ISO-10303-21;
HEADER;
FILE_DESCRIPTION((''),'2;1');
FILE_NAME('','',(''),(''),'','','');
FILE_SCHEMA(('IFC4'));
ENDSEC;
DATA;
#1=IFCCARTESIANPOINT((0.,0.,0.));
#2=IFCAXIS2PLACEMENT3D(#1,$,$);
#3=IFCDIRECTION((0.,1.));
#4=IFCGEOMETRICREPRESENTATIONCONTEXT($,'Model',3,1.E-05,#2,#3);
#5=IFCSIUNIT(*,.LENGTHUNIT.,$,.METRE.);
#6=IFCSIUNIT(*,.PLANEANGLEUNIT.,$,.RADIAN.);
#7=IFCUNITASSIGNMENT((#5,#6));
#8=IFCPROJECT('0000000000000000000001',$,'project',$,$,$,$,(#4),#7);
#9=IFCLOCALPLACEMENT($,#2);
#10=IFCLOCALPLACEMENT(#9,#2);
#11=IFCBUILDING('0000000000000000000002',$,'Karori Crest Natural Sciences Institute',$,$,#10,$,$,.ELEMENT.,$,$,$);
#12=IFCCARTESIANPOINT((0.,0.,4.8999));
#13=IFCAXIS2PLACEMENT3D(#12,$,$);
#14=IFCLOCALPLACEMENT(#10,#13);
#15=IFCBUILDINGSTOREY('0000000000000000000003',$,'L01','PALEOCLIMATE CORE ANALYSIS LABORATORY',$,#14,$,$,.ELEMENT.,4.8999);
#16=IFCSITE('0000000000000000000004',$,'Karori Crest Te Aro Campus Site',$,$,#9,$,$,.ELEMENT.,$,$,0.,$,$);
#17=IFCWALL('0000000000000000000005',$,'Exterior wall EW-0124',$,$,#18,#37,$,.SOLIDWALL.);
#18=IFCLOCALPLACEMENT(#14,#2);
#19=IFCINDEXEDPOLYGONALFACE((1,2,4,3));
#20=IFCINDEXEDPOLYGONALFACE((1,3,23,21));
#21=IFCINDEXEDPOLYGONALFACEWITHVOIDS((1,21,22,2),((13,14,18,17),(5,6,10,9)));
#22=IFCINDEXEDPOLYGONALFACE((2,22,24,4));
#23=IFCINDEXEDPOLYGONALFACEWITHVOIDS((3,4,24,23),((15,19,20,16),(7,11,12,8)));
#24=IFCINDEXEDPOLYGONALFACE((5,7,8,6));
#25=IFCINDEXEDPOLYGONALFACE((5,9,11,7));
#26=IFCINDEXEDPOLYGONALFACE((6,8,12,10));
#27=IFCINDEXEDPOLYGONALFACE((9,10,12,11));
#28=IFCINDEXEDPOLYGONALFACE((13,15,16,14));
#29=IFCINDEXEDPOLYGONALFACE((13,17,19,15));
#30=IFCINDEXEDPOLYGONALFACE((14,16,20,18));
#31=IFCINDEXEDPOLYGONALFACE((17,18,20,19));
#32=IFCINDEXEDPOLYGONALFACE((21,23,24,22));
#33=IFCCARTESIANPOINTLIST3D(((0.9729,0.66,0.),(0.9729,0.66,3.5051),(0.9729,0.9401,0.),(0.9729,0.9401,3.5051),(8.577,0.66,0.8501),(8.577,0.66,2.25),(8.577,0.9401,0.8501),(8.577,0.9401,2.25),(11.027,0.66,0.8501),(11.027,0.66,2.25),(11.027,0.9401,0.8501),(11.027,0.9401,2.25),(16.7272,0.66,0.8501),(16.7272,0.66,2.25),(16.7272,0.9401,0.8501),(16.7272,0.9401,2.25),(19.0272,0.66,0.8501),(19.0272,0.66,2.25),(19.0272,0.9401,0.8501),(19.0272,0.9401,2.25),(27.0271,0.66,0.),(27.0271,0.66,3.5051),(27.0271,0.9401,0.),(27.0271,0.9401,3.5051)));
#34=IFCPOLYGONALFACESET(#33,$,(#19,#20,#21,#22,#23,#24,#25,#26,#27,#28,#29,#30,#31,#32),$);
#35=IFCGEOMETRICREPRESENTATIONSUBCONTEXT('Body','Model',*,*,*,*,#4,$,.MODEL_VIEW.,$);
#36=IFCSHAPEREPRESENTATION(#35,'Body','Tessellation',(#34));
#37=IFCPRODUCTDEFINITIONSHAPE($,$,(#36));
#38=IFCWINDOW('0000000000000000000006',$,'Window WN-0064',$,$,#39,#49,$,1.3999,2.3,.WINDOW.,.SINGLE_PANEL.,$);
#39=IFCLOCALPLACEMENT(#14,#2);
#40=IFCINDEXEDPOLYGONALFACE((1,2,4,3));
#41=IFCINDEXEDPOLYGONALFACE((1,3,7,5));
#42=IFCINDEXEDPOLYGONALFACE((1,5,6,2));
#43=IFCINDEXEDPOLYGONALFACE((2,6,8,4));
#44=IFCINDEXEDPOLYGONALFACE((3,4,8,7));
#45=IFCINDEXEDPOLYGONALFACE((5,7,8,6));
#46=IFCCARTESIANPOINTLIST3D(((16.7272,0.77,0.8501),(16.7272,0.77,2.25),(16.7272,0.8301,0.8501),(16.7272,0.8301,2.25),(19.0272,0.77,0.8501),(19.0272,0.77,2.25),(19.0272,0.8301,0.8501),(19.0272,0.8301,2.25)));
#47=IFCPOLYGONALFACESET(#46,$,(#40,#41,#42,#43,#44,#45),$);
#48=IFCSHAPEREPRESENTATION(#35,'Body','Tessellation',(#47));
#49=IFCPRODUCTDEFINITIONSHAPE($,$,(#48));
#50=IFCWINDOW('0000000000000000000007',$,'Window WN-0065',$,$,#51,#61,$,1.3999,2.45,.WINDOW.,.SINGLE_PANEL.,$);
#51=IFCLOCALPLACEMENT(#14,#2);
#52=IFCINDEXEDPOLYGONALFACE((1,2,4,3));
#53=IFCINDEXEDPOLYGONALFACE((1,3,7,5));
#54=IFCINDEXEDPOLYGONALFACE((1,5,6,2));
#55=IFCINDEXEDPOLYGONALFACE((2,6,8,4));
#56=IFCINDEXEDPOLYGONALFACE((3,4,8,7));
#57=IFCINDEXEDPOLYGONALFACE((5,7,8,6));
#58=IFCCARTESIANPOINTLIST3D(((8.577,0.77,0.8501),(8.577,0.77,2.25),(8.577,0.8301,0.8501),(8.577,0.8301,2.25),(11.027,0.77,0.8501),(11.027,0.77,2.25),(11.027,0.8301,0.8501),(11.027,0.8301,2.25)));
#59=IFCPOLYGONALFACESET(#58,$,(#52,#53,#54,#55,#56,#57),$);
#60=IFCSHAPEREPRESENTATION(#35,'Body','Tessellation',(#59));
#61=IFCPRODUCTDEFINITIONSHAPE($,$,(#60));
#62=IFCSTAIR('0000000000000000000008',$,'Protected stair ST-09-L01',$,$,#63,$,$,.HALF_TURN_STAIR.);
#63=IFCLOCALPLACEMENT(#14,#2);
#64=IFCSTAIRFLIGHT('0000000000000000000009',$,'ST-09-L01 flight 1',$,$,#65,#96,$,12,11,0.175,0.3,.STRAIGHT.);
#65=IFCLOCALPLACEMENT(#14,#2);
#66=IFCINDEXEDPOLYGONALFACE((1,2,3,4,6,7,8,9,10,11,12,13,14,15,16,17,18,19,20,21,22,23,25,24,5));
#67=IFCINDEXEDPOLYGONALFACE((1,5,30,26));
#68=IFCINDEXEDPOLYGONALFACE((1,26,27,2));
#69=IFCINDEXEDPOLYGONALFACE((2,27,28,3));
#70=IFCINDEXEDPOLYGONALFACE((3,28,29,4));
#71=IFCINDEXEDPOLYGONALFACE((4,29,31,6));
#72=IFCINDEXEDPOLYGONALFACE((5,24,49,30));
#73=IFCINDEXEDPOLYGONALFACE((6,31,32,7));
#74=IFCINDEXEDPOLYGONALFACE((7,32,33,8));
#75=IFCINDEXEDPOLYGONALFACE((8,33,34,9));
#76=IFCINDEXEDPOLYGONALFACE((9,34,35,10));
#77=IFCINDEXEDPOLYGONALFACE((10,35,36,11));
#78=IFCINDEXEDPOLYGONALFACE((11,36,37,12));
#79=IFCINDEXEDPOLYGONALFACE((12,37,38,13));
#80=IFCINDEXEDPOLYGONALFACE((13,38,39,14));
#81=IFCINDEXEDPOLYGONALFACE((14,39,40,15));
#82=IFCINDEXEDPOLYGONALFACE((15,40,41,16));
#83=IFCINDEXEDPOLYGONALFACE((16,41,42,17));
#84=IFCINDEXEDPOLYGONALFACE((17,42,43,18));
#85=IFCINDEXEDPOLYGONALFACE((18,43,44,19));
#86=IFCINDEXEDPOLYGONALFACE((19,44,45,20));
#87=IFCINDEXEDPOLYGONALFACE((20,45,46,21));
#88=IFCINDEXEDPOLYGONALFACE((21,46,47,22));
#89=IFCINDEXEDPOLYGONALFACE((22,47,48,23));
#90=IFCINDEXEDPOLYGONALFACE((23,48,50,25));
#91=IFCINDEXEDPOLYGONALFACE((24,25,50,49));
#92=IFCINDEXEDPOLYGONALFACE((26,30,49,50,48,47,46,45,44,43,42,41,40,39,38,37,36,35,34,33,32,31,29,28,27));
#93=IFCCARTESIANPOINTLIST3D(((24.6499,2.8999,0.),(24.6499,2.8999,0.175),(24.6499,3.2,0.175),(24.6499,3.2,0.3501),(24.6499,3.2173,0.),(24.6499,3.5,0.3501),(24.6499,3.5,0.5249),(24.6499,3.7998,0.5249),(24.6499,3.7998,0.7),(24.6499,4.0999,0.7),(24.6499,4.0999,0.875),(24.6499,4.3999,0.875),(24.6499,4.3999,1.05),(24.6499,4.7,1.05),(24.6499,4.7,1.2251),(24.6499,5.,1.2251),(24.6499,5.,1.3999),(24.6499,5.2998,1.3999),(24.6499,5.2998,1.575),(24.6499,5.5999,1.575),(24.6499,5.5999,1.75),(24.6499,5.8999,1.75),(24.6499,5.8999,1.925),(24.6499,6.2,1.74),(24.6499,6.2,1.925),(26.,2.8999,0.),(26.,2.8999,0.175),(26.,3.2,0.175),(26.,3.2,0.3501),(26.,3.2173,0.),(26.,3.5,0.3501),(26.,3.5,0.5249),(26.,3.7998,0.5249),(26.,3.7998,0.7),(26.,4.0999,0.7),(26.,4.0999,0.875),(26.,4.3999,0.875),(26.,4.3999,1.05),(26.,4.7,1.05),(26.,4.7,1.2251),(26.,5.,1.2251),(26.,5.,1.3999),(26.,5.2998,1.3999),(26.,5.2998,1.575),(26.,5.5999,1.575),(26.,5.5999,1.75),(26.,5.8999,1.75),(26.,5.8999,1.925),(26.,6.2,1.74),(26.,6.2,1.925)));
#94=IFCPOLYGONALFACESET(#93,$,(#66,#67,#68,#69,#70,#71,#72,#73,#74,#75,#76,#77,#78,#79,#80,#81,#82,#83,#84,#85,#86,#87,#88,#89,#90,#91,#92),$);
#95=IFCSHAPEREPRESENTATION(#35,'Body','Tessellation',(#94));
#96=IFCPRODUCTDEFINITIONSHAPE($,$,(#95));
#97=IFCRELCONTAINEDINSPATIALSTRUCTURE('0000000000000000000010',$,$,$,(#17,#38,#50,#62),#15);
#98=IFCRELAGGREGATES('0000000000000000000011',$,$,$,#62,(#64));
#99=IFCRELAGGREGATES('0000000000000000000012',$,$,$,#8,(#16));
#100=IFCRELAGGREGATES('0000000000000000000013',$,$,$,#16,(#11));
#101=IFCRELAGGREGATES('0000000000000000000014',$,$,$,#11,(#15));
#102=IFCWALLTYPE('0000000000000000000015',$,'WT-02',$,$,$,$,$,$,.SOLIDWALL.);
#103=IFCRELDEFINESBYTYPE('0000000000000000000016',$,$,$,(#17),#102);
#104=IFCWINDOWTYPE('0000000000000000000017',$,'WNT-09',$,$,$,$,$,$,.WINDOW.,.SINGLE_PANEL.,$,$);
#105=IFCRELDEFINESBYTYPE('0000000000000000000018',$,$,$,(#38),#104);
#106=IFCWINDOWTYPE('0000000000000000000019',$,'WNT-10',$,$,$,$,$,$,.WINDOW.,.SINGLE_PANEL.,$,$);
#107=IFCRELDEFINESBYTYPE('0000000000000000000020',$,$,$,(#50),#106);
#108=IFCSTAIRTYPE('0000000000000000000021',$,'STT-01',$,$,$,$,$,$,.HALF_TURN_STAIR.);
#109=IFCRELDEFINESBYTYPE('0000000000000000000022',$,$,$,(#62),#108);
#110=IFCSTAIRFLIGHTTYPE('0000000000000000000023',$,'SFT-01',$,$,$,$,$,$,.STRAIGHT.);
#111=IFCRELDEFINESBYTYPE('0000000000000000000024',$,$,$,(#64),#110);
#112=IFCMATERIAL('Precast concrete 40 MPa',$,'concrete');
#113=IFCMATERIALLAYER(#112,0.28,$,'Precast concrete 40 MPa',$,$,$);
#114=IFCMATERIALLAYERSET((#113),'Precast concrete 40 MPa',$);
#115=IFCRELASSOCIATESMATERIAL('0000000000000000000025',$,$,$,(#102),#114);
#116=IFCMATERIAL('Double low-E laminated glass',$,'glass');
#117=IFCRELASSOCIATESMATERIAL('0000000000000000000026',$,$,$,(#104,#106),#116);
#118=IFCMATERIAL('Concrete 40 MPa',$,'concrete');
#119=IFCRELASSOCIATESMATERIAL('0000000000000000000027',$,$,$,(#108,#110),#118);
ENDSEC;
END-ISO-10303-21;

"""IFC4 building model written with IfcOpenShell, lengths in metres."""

from ifc_helpers import new_model, si_unit, direction, frame, frame_2d, origin, place, context, subcontext, project, spatial, polyline, rectangle, outline, extrude, material, layer, layer_set, type_object, element, fill, aggregate, save


model = new_model("IFC4")

# Units and contexts
model_context = context("Model", 3, precision=1e-05, world=origin(), true_north=direction((0.0, 1.0)))
body_context = subcontext(model_context, "Body", "Model", "MODEL_VIEW")
ifc_project = project(units=[si_unit("LENGTHUNIT", "METRE"), si_unit("PLANEANGLEUNIT", "RADIAN")], contexts=[model_context])

# Site, building, storey
site_placement = place(None, origin())
site = spatial("IfcSite", under=ifc_project, at=site_placement, Name="Karori Crest Te Aro Campus Site", CompositionType="ELEMENT", RefElevation=0.0)
building_placement = place(site_placement, origin())
building = spatial("IfcBuilding", under=site, at=building_placement, Name="Karori Crest Natural Sciences Institute", CompositionType="ELEMENT")
storey_placement = place(building_placement, frame((0.0, 0.0, 4.8999)))
storey = spatial("IfcBuildingStorey", under=building, at=storey_placement, Name="L01", Description="PALEOCLIMATE CORE ANALYSIS LABORATORY", CompositionType="ELEMENT", Elevation=4.8999)

# Shared definitions
ifc_material_1 = material(Name="Double low-E laminated glass", Category="glass")

# Wall, openings, windows
ifc_material_2 = material(Name="Precast concrete 40 MPa", Category="concrete")
ifc_layer_1 = layer(ifc_material_2, 0.28, Name="Precast concrete 40 MPa")
ifc_layer_set_1 = layer_set([ifc_layer_1], Name="Precast concrete 40 MPa")
wall_type_1 = type_object("IfcWallType", Name="WT-02", PredefinedType="SOLIDWALL", material=ifc_layer_set_1)
wall_placement = place(storey_placement, frame((27.0271, 0.8, 0.0), z_axis=(0.0, 0.0, 1.0), x_axis=(-1.0, 0.0, 0.0)))
wall = element("IfcWall", 1, at=wall_placement, inside=storey, type_object=wall_type_1, Name="Exterior wall EW-0124", PredefinedType="SOLIDWALL", context=body_context, shape_type="SweptSolid", body=[
    extrude(rectangle(XDim=26.0542, YDim=0.28, at=frame_2d((13.0271, 0.0))), origin(), (0.0, 0.0, 1.0), 3.5051),
])
opening_1_placement = place(wall_placement, frame((8.0, 0.0, 0.8501)))
opening_1 = element("IfcOpeningElement", 2, at=opening_1_placement, cuts=wall, PredefinedType="OPENING", context=body_context, shape_type="SweptSolid", body=[
    extrude(rectangle(XDim=2.3, YDim=1.3999, at=frame_2d((1.1499, 0.7))), frame((0.0, 0.1499, 0.0), z_axis=(0.0, -1.0, 0.0), x_axis=(1.0, 0.0, 0.0)), (0.0, 0.0, 1.0), 0.3),
])
opening_2_placement = place(wall_placement, frame((16.0, 0.0, 0.8501)))
opening_2 = element("IfcOpeningElement", 3, at=opening_2_placement, cuts=wall, PredefinedType="OPENING", context=body_context, shape_type="SweptSolid", body=[
    extrude(rectangle(XDim=2.45, YDim=1.3999, at=frame_2d((1.2251, 0.7))), frame((0.0, 0.1499, 0.0), z_axis=(0.0, -1.0, 0.0), x_axis=(1.0, 0.0, 0.0)), (0.0, 0.0, 1.0), 0.3),
])
window_type_1 = type_object("IfcWindowType", Name="WNT-09", PartitioningType="SINGLE_PANEL", PredefinedType="WINDOW", material=ifc_material_1)
window_1_placement = place(opening_1_placement, origin())
window_1 = element("IfcWindow", 4, at=window_1_placement, inside=storey, type_object=window_type_1, Name="Window WN-0064", OverallHeight=1.3999, OverallWidth=2.3, PartitioningType="SINGLE_PANEL", PredefinedType="WINDOW", context=body_context, shape_type="SweptSolid", body=[
    extrude(rectangle(XDim=2.3, YDim=1.3999, at=frame_2d((1.1499, 0.7))), frame((0.0, 0.03, 0.0), z_axis=(0.0, -1.0, 0.0), x_axis=(1.0, 0.0, 0.0)), (0.0, 0.0, 1.0), 0.0601),
])
fill(opening_1, window_1)
window_type_2 = type_object("IfcWindowType", Name="WNT-10", PartitioningType="SINGLE_PANEL", PredefinedType="WINDOW", material=ifc_material_1)
window_2_placement = place(opening_2_placement, origin())
window_2 = element("IfcWindow", 5, at=window_2_placement, inside=storey, type_object=window_type_2, Name="Window WN-0065", OverallHeight=1.3999, OverallWidth=2.45, PartitioningType="SINGLE_PANEL", PredefinedType="WINDOW", context=body_context, shape_type="SweptSolid", body=[
    extrude(rectangle(XDim=2.45, YDim=1.3999, at=frame_2d((1.2251, 0.7))), frame((0.0, 0.03, 0.0), z_axis=(0.0, -1.0, 0.0), x_axis=(1.0, 0.0, 0.0)), (0.0, 0.0, 1.0), 0.0601),
])
fill(opening_2, window_2)

# Stair, stair flight
ifc_material_3 = material(Name="Concrete 40 MPa", Category="concrete")
stair_type = type_object("IfcStairType", Name="STT-01", PredefinedType="HALF_TURN_STAIR", material=ifc_material_3)
stair_placement = place(storey_placement, origin())
stair = element("IfcStair", 6, at=stair_placement, inside=storey, type_object=stair_type, Name="Protected stair ST-09-L01", PredefinedType="HALF_TURN_STAIR")
stair_flight_type = type_object("IfcStairFlightType", Name="SFT-01", PredefinedType="STRAIGHT", material=ifc_material_3)
stair_flight_placement = place(storey_placement, frame((25.325, 2.8999, 0.0), z_axis=(0.0, 0.0, 1.0), x_axis=(0.0, 1.0, 0.0)))
stair_flight = element("IfcStairFlight", 7, at=stair_flight_placement, type_object=stair_flight_type, Name="ST-09-L01 flight 1", NumberOfRisers=12, NumberOfTreads=11, PredefinedType="STRAIGHT", RiserHeight=0.175, TreadLength=0.3, context=body_context, shape_type="SweptSolid", body=[
    extrude(outline(polyline([(0.0, 0.0), (0.0, 0.175), (0.3, 0.175), (0.3, 0.3501), (0.6001, 0.3501), (0.6001, 0.5249), (0.8999, 0.5249), (0.8999, 0.7), (1.2, 0.7), (1.2, 0.875), (1.5, 0.875), (1.5, 1.05), (1.8, 1.05), (1.8, 1.2251), (2.1001, 1.2251), (2.1001, 1.3999), (2.3999, 1.3999), (2.3999, 1.575), (2.7, 1.575), (2.7, 1.75), (3.0, 1.75), (3.0, 1.925), (3.3, 1.925), (3.3, 2.1001), (3.3, 1.74), (0.3174, 0.0), (0.0, 0.0)])), frame((0.0, 0.675, 0.0), z_axis=(0.0, -1.0, 0.0), x_axis=(1.0, 0.0, 0.0)), (0.0, 0.0, 1.0), 1.3501),
])
aggregate(stair, [stair_flight])

save(model, "model.ifc")
